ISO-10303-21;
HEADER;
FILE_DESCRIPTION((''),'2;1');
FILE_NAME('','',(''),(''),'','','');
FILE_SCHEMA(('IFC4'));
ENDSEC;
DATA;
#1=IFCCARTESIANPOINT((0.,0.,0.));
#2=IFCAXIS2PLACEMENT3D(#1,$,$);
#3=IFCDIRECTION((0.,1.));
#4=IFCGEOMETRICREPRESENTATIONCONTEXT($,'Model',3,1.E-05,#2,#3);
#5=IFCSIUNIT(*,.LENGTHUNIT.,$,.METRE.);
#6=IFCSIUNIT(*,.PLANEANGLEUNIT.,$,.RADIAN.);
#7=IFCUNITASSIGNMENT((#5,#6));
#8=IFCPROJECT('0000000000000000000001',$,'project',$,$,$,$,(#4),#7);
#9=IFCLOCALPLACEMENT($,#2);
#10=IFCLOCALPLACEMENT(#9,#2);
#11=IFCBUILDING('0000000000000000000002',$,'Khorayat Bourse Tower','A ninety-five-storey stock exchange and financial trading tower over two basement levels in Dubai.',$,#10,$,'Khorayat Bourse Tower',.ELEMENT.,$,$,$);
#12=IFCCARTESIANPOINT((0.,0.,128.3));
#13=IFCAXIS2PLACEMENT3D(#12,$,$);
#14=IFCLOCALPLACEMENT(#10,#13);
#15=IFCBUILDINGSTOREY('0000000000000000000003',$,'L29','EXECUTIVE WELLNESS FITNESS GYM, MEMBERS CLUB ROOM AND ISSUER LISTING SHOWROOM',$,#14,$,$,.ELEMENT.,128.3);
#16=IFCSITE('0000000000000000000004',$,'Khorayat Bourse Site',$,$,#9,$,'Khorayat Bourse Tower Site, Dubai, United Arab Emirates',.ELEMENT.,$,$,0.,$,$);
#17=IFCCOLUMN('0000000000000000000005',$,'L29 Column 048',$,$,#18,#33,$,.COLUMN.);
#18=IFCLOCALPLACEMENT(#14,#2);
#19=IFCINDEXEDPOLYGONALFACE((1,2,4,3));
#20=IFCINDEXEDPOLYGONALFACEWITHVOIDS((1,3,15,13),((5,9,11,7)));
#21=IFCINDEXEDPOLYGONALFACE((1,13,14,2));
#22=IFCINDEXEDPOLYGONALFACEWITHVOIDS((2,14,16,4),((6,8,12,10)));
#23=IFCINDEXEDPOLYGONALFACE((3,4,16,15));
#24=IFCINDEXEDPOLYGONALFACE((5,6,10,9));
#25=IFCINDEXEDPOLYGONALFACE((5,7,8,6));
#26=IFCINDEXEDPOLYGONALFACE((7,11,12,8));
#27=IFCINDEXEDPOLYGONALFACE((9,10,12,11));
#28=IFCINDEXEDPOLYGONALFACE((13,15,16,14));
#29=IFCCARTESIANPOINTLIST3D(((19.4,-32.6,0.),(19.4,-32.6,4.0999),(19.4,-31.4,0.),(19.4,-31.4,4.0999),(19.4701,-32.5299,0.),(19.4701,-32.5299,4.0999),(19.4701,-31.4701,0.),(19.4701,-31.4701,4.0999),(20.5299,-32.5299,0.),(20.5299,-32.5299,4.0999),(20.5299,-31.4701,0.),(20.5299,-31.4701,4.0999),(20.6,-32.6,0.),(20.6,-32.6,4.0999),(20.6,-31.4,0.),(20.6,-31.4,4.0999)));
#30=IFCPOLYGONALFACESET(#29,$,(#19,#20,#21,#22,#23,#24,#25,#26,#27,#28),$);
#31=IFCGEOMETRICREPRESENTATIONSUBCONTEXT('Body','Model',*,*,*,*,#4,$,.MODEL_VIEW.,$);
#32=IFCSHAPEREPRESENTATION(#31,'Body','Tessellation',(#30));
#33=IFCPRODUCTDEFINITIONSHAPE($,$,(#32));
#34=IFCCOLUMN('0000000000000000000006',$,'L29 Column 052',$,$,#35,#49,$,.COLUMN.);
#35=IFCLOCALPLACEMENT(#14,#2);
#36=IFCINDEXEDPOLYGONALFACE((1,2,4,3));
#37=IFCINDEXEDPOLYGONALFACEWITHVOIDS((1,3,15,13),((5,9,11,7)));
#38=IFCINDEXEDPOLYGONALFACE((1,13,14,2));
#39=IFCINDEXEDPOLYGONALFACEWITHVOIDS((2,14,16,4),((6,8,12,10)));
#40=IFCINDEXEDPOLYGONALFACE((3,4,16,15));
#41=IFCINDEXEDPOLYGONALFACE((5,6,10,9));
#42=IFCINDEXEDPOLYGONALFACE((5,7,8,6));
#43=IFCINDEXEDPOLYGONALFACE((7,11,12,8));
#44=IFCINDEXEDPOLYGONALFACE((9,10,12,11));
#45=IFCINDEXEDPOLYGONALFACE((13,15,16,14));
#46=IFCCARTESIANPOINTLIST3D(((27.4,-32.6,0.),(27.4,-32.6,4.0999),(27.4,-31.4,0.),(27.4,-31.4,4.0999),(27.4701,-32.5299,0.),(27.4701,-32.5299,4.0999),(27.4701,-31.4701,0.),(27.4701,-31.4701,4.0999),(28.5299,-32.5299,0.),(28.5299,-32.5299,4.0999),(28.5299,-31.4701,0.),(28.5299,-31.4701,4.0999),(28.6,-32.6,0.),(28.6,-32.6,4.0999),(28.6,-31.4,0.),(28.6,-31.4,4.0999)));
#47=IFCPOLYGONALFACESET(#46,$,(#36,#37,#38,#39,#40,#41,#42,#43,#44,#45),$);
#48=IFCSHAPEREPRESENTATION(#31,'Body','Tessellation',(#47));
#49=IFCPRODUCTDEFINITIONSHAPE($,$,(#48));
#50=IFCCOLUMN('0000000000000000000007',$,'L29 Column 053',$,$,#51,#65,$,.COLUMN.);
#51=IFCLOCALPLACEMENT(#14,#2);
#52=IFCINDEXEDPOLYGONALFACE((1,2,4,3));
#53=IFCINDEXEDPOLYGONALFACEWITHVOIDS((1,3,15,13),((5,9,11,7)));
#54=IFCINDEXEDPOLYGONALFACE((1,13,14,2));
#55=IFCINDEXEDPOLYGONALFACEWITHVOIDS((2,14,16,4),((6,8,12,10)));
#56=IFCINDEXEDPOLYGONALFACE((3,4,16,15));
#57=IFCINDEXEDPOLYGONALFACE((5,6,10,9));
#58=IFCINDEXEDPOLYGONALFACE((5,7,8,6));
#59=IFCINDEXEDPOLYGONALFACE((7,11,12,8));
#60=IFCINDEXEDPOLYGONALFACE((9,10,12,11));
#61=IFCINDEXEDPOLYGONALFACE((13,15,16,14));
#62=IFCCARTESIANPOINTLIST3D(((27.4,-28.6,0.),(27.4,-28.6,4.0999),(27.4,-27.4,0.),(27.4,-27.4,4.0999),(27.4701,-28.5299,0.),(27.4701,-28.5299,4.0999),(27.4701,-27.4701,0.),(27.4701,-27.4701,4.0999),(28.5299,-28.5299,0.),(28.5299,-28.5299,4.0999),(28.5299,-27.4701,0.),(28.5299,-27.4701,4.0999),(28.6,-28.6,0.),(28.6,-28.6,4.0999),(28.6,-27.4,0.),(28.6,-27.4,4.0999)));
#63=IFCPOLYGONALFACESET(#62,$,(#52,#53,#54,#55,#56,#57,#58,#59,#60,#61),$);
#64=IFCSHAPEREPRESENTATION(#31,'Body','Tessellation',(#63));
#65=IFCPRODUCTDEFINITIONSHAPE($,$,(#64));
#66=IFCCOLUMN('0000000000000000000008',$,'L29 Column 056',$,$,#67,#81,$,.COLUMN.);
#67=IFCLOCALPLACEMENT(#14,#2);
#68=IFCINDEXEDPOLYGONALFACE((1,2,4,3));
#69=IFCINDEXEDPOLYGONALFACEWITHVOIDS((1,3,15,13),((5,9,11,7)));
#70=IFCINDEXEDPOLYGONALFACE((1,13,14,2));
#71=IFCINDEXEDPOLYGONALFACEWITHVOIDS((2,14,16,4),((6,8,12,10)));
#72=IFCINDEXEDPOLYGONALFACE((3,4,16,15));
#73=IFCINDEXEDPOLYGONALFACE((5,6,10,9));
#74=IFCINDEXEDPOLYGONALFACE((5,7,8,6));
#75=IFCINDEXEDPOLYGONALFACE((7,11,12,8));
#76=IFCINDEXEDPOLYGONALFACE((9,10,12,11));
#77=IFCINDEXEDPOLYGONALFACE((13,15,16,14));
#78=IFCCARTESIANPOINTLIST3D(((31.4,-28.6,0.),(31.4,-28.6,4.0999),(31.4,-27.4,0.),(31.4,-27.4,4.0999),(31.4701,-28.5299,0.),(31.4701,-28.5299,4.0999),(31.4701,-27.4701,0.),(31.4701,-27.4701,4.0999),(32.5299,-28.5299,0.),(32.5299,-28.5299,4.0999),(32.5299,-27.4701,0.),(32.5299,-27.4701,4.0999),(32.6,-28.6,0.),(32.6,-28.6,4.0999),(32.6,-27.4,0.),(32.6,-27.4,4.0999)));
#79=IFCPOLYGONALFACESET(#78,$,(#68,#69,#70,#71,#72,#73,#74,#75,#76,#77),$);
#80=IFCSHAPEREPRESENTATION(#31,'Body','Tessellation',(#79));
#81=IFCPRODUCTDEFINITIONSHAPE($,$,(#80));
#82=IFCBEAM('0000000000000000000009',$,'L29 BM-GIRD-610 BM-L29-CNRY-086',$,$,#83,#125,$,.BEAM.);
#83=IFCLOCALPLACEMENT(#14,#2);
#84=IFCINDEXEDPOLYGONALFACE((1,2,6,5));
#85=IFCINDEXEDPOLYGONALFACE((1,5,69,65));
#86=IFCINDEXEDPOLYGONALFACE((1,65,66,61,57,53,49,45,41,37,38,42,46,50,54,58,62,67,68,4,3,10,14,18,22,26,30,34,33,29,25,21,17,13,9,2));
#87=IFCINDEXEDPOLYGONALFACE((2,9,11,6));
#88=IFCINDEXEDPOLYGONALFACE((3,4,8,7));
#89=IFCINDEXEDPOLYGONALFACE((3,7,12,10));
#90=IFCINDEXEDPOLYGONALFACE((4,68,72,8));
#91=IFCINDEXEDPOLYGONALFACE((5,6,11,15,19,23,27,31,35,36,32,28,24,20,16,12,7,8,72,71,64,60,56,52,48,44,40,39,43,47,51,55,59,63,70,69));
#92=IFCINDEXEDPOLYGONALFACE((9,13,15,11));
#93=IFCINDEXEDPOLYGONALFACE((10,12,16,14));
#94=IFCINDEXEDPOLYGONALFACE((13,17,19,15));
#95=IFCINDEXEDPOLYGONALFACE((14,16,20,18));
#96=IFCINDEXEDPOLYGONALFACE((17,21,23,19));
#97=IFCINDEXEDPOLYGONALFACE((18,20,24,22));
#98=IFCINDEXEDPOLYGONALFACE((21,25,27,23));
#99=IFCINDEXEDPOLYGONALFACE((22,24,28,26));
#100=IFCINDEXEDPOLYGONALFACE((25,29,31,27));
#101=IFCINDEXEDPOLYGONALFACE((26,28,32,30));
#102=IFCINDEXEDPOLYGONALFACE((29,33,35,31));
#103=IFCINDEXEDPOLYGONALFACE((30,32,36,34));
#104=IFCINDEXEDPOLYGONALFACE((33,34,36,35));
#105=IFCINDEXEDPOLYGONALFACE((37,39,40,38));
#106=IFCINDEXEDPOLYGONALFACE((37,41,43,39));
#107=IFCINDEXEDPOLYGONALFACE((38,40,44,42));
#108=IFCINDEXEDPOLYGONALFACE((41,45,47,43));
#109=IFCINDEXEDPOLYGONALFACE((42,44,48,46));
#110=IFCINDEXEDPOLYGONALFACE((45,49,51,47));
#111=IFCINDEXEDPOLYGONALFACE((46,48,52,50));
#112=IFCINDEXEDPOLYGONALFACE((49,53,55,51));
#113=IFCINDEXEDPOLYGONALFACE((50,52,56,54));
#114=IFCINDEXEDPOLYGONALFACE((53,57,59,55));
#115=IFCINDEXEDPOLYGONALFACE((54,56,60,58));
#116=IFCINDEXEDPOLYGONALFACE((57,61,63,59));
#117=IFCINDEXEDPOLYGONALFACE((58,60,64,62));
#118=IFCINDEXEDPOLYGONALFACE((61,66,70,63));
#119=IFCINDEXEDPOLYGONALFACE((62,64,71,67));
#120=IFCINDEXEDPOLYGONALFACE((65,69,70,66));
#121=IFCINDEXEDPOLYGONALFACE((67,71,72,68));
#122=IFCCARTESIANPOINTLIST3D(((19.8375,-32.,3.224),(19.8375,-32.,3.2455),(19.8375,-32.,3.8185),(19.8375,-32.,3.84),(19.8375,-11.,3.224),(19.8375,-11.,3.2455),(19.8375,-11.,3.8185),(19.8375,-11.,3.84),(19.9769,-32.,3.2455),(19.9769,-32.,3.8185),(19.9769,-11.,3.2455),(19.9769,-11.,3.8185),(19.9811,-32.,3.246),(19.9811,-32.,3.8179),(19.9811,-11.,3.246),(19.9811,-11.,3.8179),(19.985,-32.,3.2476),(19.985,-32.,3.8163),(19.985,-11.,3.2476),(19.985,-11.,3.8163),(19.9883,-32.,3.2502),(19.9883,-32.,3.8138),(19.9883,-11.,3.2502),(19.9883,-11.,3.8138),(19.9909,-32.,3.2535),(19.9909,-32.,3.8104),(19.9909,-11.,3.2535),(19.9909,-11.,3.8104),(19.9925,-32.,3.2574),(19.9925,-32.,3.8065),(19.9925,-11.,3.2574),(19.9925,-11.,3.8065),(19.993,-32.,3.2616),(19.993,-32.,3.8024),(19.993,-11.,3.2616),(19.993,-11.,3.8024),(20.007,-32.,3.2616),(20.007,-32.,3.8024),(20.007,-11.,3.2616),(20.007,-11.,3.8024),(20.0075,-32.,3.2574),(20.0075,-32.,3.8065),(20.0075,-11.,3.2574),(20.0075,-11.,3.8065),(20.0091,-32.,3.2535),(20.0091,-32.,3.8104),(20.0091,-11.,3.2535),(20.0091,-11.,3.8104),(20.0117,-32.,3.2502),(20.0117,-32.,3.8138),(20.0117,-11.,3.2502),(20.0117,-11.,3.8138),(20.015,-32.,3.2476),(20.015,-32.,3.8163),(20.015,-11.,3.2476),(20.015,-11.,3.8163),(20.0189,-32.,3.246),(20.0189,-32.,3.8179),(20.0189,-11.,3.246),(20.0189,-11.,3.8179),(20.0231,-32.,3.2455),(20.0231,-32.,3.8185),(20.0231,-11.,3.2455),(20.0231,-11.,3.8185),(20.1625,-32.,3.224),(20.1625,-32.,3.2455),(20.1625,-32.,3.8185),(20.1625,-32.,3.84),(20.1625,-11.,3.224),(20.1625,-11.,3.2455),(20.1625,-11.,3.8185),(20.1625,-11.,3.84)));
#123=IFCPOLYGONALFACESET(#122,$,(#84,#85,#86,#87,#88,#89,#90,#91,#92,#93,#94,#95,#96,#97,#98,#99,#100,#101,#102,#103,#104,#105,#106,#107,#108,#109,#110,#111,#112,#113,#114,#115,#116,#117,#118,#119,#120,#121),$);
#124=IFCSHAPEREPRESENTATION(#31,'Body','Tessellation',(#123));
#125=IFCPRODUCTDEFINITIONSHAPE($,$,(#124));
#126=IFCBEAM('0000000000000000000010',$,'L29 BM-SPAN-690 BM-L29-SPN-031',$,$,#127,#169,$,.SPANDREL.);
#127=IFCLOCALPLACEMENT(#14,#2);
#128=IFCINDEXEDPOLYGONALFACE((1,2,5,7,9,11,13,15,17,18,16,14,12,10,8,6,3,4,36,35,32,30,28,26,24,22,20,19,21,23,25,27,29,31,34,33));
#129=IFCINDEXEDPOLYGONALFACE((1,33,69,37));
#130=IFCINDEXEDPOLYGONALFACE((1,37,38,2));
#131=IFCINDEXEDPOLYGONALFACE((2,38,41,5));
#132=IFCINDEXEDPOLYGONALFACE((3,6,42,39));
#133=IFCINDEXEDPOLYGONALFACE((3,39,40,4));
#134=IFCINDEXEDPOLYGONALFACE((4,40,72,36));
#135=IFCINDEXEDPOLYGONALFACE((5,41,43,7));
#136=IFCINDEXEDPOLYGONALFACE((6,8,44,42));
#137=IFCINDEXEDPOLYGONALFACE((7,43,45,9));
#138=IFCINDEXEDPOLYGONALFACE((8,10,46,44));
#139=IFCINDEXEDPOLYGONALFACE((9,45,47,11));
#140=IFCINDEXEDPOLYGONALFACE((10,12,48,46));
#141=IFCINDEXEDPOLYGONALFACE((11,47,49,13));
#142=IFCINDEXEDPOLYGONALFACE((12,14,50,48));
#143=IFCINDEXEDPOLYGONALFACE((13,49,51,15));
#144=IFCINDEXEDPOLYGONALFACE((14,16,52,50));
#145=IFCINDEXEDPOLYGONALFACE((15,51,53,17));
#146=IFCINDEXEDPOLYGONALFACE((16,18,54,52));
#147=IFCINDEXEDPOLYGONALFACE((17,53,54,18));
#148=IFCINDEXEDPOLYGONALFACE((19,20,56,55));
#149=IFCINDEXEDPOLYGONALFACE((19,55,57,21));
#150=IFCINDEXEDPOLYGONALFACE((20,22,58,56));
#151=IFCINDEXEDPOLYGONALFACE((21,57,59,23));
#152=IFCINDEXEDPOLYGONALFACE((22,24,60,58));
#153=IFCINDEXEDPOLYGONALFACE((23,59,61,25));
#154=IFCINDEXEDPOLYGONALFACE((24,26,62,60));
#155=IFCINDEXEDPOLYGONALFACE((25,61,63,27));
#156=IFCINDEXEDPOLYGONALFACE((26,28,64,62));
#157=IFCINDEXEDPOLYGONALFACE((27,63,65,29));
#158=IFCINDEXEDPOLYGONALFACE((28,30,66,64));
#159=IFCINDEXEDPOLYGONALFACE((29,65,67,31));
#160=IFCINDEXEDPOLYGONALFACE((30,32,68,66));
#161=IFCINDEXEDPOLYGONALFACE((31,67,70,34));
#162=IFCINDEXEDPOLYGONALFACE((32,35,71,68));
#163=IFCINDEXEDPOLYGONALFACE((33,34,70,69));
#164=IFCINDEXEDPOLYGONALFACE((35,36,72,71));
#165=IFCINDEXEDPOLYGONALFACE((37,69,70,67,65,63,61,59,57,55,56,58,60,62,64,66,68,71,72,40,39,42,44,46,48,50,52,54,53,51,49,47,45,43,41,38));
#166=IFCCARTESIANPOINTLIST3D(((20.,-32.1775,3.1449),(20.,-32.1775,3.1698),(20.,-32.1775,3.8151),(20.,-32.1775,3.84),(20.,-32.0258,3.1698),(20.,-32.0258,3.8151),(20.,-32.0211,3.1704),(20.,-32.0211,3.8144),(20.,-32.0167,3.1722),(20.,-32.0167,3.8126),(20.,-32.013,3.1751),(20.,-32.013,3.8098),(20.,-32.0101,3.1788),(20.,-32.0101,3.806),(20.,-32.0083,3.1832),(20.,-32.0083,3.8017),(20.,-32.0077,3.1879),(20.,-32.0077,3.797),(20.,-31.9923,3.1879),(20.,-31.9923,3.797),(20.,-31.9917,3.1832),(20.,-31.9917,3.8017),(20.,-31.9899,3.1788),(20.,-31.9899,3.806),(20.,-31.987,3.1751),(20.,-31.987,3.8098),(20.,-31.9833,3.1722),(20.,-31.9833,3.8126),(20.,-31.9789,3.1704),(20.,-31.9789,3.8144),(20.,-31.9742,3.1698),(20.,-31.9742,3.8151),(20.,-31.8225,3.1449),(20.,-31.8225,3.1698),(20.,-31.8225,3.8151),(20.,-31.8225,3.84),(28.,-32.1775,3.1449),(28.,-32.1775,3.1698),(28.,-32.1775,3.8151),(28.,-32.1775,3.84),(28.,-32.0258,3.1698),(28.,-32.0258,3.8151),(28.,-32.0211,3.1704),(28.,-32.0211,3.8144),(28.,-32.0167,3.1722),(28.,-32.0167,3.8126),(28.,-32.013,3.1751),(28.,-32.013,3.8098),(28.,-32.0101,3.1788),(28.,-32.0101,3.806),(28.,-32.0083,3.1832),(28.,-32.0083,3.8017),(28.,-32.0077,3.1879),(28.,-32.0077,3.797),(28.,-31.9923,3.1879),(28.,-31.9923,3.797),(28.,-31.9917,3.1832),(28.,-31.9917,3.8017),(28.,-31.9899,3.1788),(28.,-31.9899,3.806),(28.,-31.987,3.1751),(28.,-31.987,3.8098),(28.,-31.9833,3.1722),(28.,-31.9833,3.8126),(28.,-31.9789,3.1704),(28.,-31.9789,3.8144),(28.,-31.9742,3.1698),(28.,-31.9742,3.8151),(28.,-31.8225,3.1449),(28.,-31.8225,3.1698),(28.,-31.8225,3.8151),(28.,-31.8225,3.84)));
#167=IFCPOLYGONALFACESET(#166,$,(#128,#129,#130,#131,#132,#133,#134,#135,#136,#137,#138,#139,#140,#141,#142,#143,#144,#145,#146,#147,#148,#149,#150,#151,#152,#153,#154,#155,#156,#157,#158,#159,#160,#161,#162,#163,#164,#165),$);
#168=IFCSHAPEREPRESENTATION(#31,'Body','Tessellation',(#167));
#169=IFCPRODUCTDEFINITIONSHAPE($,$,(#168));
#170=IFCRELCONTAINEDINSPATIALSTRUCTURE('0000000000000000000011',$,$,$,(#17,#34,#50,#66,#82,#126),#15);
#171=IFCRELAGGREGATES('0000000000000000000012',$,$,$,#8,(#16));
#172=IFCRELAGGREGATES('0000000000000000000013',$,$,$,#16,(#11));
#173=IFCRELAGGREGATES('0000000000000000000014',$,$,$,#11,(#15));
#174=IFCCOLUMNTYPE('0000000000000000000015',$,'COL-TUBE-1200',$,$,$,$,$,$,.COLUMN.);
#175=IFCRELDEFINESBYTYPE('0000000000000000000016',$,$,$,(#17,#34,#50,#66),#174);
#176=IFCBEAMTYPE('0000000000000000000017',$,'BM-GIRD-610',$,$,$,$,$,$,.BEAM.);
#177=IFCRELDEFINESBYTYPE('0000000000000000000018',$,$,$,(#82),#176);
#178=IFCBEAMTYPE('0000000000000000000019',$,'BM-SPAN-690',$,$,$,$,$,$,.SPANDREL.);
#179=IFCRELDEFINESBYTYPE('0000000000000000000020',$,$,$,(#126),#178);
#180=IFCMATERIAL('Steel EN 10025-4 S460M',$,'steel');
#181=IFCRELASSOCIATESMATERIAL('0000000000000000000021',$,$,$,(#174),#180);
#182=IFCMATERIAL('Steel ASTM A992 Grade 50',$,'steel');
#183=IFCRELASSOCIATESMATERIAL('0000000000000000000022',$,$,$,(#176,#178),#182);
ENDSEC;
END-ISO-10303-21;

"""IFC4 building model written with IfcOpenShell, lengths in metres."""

from ifc_helpers import new_model, si_unit, direction, frame, origin, origin_2d, place, context, subcontext, project, spatial, hollow_rectangle, i_section, extrude, source, transform, mapped, material, material_profile, profile_set, type_object, element, save


model = new_model("IFC4")

# Units and contexts
model_context = context("Model", 3, precision=1e-05, world=origin(), true_north=direction((0.0, 1.0)))
body_context = subcontext(model_context, "Body", "Model", "MODEL_VIEW")
ifc_project = project(units=[si_unit("LENGTHUNIT", "METRE"), si_unit("PLANEANGLEUNIT", "RADIAN")], contexts=[model_context])

# Site, building, storey
site_placement = place(None, origin())
site = spatial("IfcSite", under=ifc_project, at=site_placement, Name="Khorayat Bourse Site", LongName="Khorayat Bourse Tower Site, Dubai, United Arab Emirates", CompositionType="ELEMENT", RefElevation=0.0)
building_placement = place(site_placement, origin())
building = spatial("IfcBuilding", under=site, at=building_placement, Name="Khorayat Bourse Tower", Description="A ninety-five-storey stock exchange and financial trading tower over two basement levels in Dubai.", LongName="Khorayat Bourse Tower", CompositionType="ELEMENT")
storey_placement = place(building_placement, frame((0.0, 0.0, 128.3)))
storey = spatial("IfcBuildingStorey", under=building, at=storey_placement, Name="L29", Description="EXECUTIVE WELLNESS FITNESS GYM, MEMBERS CLUB ROOM AND ISSUER LISTING SHOWROOM", CompositionType="ELEMENT", Elevation=128.3)

# Columns
ifc_material_1 = material(Name="Steel EN 10025-4 S460M", Category="steel")
ifc_material_profile_1 = material_profile(ifc_material_1, hollow_rectangle(XDim=1.2, YDim=1.2, WallThickness=0.0701, at=origin_2d()), Name="BOX 1200x1200x70")
ifc_profile_set_1 = profile_set([ifc_material_profile_1], Name="Steel EN 10025-4 S460M")
column_type = type_object("IfcColumnType", Name="COL-TUBE-1200", PredefinedType="COLUMN", material=ifc_profile_set_1)
shared_shape_1 = source(origin(), body_context, "Body", "SweptSolid", [
    extrude(hollow_rectangle(XDim=1.2, YDim=1.2, WallThickness=0.0701, at=origin_2d()), origin(), (0.0, 0.0, 1.0), 4.0999),
])
for number, where, z_axis, x_axis, name in (
    (1, (20.0, -32.0, 0.0), (0.0, 0.0, 1.0), (1.0, 0.0, 0.0), "L29 Column 048"),
    (2, (28.0, -32.0, 0.0), (0.0, 0.0, 1.0), (1.0, 0.0, 0.0), "L29 Column 052"),
    (3, (28.0, -28.0, 0.0), (0.0, 0.0, 1.0), (1.0, 0.0, 0.0), "L29 Column 053"),
    (4, (32.0, -28.0, 0.0), (0.0, 0.0, 1.0), (1.0, 0.0, 0.0), "L29 Column 056"),
):
    element("IfcColumn", number, at=place(storey_placement, frame(where, z_axis=z_axis, x_axis=x_axis)), inside=storey, type_object=column_type, Name=name, PredefinedType="COLUMN", context=body_context, shape_type="MappedRepresentation", body=[
        mapped(shared_shape_1, transform((0.0, 0.0, 0.0), scale=1.0)),
    ])

# Beams
ifc_material_2 = material(Name="Steel ASTM A992 Grade 50", Category="steel")
ifc_material_profile_2 = material_profile(ifc_material_2, i_section(OverallWidth=0.325, OverallDepth=0.616, WebThickness=0.0139, FlangeThickness=0.0215, FilletRadius=0.0161, at=origin_2d()), Name="W610X174")
ifc_profile_set_2 = profile_set([ifc_material_profile_2], Name="Steel ASTM A992 Grade 50")
beam_type_1 = type_object("IfcBeamType", Name="BM-GIRD-610", PredefinedType="BEAM", material=ifc_profile_set_2)
shared_shape_2 = source(origin(), body_context, "Body", "SweptSolid", [
    extrude(i_section(OverallWidth=0.325, OverallDepth=0.616, WebThickness=0.0139, FlangeThickness=0.0215, FilletRadius=0.0161, at=origin_2d()), origin(), (0.0, 0.0, 1.0), 21.0),
])
beam_1_placement = place(storey_placement, frame((20.0, -32.0, 3.532), z_axis=(0.0, 1.0, 0.0), x_axis=(-1.0, 0.0, 0.0)))
element("IfcBeam", 5, at=beam_1_placement, inside=storey, type_object=beam_type_1, Name="L29 BM-GIRD-610 BM-L29-CNRY-086", PredefinedType="BEAM", context=body_context, shape_type="MappedRepresentation", body=[
    mapped(shared_shape_2, transform((0.0, 0.0, 0.0), scale=1.0)),
])
ifc_material_profile_3 = material_profile(ifc_material_2, i_section(OverallWidth=0.355, OverallDepth=0.6951, WebThickness=0.0154, FlangeThickness=0.0249, FilletRadius=0.0181, at=origin_2d()), Name="W690X217")
ifc_profile_set_3 = profile_set([ifc_material_profile_3], Name="Steel ASTM A992 Grade 50")
beam_type_2 = type_object("IfcBeamType", Name="BM-SPAN-690", PredefinedType="SPANDREL", material=ifc_profile_set_3)
shared_shape_3 = source(origin(), body_context, "Body", "SweptSolid", [
    extrude(i_section(OverallWidth=0.355, OverallDepth=0.6951, WebThickness=0.0154, FlangeThickness=0.0249, FilletRadius=0.0181, at=origin_2d()), origin(), (0.0, 0.0, 1.0), 8.0),
])
for number, where, z_axis, x_axis, name in (
    (6, (20.0, -32.0, 3.4924), (1.0, 0.0, 0.0), (0.0, 1.0, 0.0), "L29 BM-SPAN-690 BM-L29-SPN-031"),
):
    element("IfcBeam", number, at=place(storey_placement, frame(where, z_axis=z_axis, x_axis=x_axis)), inside=storey, type_object=beam_type_2, Name=name, PredefinedType="SPANDREL", context=body_context, shape_type="MappedRepresentation", body=[
        mapped(shared_shape_3, transform((0.0, 0.0, 0.0), scale=1.0)),
    ])

save(model, "model.ifc")
